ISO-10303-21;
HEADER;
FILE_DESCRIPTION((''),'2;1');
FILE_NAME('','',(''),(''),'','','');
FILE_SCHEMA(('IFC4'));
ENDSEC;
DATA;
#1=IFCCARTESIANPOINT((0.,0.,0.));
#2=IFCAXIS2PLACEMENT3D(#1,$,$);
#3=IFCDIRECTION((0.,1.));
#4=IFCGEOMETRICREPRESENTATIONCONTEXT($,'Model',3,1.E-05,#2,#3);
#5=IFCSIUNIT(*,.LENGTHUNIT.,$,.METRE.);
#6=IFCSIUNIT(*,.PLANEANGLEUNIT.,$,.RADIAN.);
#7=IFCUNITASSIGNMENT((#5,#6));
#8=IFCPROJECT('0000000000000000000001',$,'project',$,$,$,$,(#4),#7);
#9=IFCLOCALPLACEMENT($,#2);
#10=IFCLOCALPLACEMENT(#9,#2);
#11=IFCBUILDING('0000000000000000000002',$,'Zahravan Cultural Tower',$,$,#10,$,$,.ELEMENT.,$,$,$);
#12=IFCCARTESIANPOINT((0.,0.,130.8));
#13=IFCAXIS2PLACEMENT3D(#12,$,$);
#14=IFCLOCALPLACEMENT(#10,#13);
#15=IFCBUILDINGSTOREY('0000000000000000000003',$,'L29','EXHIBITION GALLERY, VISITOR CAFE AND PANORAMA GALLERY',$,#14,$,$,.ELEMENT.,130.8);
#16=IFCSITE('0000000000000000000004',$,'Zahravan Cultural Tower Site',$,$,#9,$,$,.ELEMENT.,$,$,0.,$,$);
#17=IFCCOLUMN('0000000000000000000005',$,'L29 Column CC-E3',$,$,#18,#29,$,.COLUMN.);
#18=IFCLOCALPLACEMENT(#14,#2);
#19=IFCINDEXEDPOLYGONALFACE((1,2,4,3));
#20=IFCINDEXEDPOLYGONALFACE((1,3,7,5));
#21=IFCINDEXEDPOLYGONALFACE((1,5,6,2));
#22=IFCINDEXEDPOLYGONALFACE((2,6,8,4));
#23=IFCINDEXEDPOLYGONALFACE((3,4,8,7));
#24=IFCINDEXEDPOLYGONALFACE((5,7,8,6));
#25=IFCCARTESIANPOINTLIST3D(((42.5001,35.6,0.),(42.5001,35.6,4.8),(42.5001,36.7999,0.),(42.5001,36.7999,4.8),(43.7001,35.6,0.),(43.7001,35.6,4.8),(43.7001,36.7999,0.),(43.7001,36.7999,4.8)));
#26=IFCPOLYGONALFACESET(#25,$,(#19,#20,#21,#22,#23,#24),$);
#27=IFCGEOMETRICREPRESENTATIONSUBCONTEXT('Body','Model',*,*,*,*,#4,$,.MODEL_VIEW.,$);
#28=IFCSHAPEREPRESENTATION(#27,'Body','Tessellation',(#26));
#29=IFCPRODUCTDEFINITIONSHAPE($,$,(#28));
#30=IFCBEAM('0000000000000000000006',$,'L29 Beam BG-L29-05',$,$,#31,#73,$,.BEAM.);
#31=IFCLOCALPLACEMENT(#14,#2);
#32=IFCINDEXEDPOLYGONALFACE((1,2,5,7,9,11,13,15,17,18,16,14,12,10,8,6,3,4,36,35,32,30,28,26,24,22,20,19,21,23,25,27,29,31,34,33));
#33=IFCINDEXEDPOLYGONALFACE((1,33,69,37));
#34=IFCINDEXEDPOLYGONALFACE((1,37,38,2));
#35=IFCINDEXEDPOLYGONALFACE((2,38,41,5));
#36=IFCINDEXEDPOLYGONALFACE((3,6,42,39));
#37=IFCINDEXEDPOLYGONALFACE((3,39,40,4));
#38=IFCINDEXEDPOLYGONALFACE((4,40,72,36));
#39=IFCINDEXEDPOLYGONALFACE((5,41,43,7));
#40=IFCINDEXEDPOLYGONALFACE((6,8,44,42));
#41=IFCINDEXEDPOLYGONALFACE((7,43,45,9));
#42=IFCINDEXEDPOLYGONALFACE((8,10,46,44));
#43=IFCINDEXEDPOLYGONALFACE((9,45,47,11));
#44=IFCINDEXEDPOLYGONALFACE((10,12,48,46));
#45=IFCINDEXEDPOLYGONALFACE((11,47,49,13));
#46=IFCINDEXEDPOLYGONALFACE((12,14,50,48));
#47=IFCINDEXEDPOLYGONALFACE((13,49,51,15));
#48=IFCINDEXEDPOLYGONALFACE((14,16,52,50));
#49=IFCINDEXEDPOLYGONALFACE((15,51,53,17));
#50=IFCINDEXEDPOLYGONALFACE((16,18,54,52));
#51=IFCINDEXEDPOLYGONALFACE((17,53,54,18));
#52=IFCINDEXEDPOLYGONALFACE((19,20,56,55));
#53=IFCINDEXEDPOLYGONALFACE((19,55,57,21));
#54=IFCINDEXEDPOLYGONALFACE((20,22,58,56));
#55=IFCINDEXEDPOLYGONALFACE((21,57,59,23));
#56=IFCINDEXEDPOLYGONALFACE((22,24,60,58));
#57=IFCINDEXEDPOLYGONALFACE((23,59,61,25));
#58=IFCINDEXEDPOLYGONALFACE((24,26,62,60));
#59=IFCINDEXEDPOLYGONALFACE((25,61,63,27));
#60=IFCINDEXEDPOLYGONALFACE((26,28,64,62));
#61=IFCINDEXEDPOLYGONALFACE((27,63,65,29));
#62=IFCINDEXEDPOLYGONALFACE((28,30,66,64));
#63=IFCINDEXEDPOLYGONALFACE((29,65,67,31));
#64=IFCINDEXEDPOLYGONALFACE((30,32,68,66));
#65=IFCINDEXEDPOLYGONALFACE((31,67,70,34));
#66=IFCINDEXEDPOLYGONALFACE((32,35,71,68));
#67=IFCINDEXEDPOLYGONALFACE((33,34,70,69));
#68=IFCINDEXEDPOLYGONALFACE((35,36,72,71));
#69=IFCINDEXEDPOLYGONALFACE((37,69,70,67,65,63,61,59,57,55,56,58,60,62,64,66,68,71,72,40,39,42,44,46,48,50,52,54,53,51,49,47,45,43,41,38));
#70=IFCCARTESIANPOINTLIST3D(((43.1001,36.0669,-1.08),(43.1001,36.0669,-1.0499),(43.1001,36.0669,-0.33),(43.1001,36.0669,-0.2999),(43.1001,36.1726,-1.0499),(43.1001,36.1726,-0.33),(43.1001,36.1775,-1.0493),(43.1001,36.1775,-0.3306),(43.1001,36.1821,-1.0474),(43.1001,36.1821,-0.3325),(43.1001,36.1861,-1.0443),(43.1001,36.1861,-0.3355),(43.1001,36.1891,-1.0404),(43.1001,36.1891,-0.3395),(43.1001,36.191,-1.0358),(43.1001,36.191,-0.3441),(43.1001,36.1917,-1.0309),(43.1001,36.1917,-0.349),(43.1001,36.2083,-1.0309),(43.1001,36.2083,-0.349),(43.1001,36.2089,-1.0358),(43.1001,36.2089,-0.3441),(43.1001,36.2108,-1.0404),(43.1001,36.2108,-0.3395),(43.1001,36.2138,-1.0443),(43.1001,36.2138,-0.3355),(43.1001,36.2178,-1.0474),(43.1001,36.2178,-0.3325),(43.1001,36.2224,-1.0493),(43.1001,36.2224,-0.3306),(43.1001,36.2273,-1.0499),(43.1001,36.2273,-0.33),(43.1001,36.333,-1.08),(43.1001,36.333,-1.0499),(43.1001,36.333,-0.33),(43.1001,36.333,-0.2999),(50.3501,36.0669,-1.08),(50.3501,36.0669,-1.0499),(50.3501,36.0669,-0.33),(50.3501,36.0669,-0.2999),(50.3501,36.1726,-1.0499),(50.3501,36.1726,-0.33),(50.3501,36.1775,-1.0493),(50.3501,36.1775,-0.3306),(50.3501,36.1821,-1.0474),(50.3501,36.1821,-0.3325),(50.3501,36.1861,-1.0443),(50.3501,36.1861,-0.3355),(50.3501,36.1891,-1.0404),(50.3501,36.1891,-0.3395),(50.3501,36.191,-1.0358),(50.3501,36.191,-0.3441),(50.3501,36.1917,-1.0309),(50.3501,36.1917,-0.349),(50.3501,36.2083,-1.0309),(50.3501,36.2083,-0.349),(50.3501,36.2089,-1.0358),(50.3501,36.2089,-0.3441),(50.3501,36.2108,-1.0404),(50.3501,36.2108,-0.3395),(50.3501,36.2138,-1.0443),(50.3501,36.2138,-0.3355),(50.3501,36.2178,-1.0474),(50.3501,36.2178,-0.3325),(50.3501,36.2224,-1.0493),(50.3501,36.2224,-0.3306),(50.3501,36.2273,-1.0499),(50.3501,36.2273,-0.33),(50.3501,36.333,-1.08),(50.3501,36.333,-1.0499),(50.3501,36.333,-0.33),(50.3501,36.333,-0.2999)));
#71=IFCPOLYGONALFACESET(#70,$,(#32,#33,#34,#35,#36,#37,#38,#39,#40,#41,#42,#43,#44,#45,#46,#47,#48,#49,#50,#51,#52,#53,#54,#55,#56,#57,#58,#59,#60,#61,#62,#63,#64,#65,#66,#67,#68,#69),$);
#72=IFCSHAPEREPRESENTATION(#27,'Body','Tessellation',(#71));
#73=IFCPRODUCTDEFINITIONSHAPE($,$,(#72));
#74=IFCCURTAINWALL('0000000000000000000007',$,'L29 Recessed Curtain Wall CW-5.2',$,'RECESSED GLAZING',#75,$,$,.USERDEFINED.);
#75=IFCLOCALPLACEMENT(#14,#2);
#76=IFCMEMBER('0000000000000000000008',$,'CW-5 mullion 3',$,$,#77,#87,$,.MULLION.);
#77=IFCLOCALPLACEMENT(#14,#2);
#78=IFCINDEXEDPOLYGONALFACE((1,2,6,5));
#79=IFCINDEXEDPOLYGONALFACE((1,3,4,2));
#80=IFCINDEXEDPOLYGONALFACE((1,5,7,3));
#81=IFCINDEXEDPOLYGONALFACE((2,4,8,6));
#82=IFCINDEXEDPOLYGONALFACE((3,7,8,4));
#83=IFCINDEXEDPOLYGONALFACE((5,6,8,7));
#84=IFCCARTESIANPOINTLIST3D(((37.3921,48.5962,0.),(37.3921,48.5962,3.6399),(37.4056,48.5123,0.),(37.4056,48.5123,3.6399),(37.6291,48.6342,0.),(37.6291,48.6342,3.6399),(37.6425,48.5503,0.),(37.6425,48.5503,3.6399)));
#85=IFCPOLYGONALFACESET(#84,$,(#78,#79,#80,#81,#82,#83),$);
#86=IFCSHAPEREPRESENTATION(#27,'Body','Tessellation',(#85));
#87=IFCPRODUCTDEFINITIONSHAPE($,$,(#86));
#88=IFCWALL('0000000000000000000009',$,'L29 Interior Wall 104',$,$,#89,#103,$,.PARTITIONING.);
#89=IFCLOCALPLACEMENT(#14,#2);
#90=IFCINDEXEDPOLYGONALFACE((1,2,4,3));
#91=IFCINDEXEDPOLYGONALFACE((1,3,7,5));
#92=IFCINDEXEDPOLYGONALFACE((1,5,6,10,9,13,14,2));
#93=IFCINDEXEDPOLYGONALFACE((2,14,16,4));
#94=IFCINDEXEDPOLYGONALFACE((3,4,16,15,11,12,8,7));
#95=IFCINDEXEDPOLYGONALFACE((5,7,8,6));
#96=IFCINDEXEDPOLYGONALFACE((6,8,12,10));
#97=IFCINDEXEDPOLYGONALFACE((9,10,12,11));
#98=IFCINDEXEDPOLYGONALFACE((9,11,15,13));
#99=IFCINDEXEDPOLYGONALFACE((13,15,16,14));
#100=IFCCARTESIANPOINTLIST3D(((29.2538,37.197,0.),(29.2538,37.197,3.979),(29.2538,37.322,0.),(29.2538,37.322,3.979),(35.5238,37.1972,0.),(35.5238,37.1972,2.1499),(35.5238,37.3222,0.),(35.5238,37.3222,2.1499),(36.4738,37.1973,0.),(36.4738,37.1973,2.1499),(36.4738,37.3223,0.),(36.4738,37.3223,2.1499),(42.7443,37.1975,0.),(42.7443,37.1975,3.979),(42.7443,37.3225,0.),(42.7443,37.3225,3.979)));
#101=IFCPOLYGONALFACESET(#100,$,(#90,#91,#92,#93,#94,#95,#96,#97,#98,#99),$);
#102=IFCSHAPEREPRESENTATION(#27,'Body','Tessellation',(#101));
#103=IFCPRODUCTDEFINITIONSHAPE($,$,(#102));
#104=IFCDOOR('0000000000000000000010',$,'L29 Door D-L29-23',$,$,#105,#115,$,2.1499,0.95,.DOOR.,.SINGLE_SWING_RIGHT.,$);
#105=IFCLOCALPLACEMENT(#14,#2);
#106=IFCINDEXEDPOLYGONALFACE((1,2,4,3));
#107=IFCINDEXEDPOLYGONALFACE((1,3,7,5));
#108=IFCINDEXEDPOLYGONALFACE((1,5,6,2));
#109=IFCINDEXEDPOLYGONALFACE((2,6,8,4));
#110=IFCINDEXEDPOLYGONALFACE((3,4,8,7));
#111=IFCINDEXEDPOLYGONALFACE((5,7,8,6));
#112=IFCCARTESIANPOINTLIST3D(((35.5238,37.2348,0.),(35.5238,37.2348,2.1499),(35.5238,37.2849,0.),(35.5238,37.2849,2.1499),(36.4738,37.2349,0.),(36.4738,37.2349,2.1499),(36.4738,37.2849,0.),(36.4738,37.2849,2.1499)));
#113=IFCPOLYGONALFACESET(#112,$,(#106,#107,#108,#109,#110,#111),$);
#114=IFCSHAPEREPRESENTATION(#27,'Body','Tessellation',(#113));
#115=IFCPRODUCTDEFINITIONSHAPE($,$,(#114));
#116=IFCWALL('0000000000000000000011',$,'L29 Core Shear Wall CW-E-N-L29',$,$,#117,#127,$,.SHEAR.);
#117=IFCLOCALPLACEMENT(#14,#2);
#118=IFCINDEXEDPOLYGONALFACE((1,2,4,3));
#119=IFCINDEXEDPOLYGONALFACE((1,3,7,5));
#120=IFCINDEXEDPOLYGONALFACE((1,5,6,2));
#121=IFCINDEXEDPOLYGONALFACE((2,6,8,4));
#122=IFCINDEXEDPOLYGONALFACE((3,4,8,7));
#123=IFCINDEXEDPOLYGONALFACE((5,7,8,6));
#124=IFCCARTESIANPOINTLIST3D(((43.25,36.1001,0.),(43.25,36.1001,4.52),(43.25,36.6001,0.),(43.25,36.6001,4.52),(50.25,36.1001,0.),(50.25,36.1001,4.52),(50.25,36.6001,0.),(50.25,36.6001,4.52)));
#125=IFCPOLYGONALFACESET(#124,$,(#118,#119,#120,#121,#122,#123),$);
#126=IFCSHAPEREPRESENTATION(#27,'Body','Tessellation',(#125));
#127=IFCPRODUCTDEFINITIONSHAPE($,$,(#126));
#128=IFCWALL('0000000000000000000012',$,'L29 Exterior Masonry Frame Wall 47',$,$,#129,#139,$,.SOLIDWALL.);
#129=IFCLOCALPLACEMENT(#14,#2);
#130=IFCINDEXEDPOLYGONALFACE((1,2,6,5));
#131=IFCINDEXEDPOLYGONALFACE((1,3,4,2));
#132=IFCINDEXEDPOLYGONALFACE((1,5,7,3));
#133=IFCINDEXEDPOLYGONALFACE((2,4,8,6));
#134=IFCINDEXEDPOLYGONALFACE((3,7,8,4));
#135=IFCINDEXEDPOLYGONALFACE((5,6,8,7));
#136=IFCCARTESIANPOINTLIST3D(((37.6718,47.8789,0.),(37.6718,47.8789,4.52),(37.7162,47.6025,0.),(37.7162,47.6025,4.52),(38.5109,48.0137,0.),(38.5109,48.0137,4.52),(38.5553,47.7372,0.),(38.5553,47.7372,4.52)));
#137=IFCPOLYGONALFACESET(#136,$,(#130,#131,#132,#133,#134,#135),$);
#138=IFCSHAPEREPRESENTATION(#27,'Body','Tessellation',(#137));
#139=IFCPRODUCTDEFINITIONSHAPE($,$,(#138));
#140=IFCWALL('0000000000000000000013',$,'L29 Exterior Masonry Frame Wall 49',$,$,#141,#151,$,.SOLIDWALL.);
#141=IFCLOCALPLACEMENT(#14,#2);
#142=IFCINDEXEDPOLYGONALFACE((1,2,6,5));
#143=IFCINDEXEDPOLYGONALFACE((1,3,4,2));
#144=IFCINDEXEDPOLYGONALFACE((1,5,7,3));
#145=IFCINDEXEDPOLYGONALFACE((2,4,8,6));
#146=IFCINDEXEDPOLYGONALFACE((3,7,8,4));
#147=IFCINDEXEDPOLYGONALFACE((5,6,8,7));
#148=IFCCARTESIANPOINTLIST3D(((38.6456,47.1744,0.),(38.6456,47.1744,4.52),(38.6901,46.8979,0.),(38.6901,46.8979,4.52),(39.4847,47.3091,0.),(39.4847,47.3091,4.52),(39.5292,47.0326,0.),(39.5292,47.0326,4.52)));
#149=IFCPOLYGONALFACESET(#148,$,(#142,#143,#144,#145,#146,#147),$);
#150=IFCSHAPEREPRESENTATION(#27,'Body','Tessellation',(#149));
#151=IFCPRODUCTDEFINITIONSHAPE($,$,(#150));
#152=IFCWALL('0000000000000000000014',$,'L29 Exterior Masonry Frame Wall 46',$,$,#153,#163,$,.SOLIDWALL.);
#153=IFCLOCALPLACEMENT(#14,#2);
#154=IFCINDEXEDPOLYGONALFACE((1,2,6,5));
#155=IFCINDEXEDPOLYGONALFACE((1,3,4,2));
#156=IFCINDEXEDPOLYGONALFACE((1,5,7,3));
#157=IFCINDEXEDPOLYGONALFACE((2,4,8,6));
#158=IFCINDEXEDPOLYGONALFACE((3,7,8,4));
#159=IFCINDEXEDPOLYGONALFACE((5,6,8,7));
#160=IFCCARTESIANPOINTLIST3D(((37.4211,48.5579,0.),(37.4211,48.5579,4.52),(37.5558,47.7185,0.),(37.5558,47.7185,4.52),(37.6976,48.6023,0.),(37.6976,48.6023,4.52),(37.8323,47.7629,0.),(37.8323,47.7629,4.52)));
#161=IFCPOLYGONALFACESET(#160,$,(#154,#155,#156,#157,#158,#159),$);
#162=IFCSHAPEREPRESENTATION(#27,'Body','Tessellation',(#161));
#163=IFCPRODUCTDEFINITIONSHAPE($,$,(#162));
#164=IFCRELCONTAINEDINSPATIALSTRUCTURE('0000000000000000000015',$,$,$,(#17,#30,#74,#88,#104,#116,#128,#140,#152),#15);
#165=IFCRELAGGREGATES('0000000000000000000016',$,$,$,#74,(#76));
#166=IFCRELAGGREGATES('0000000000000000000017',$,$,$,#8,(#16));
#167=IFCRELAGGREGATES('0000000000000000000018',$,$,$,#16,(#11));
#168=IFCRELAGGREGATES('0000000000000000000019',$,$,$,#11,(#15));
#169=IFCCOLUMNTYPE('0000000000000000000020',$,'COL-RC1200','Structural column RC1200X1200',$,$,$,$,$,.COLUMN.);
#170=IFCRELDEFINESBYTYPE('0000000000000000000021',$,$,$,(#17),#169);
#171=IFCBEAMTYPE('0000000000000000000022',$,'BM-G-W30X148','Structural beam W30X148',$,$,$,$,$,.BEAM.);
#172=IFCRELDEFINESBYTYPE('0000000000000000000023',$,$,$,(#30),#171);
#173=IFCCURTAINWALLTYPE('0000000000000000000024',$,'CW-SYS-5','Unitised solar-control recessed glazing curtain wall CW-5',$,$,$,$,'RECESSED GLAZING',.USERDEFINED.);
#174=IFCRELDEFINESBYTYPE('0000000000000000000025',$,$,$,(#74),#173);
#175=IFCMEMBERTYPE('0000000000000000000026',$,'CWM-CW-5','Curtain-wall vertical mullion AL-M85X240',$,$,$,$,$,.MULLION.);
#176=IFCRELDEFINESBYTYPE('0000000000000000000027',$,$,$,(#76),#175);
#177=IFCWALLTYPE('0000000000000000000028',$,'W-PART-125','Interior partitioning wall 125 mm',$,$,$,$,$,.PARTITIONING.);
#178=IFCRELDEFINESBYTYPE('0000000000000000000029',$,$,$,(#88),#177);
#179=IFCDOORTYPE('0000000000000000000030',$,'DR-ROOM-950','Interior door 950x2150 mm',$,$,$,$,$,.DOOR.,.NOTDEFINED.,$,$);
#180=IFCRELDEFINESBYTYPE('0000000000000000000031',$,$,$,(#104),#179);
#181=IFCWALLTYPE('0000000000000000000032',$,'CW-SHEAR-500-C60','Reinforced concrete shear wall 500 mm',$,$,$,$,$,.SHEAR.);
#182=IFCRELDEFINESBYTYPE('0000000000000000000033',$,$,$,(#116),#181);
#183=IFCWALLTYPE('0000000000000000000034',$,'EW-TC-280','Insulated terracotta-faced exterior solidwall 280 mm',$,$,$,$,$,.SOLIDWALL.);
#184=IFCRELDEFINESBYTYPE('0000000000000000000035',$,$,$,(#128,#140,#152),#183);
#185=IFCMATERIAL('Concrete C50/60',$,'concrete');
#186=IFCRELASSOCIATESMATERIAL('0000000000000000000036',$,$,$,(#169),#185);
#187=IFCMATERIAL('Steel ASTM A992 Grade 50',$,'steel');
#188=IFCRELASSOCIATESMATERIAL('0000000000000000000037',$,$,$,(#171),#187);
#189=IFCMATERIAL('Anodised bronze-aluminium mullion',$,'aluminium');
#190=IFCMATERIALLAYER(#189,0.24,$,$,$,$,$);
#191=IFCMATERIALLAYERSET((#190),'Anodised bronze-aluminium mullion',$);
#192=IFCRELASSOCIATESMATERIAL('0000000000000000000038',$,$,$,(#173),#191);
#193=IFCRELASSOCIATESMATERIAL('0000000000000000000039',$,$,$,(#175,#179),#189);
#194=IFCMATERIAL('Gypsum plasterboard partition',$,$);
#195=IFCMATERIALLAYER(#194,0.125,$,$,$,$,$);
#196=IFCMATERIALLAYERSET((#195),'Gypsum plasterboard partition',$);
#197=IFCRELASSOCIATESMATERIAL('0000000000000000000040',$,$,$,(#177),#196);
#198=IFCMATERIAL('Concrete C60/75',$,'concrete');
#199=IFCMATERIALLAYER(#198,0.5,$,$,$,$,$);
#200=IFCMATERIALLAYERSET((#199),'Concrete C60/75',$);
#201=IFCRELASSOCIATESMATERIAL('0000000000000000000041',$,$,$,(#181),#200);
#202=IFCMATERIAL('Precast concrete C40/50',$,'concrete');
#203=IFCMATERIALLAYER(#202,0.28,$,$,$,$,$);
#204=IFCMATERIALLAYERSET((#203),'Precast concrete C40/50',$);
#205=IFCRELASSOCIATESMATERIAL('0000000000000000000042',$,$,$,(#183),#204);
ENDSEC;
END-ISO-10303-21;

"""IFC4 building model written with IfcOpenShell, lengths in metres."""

from ifc_helpers import new_model, si_unit, direction, frame, frame_2d, origin, origin_2d, place, context, subcontext, project, spatial, rectangle, i_section, extrude, source, transform, mapped, material, layer, layer_set, material_profile, profile_set, type_object, element, fill, aggregate, save


model = new_model("IFC4")

# Units and contexts
model_context = context("Model", 3, precision=1e-05, world=origin(), true_north=direction((0.0, 1.0)))
body_context = subcontext(model_context, "Body", "Model", "MODEL_VIEW")
ifc_project = project(units=[si_unit("LENGTHUNIT", "METRE"), si_unit("PLANEANGLEUNIT", "RADIAN")], contexts=[model_context])

# Site, building, storey
site_placement = place(None, origin())
site = spatial("IfcSite", under=ifc_project, at=site_placement, Name="Zahravan Cultural Tower Site", CompositionType="ELEMENT", RefElevation=0.0)
building_placement = place(site_placement, origin())
building = spatial("IfcBuilding", under=site, at=building_placement, Name="Zahravan Cultural Tower", CompositionType="ELEMENT")
storey_placement = place(building_placement, frame((0.0, 0.0, 130.8)))
storey = spatial("IfcBuildingStorey", under=building, at=storey_placement, Name="L29", Description="EXHIBITION GALLERY, VISITOR CAFE AND PANORAMA GALLERY", CompositionType="ELEMENT", Elevation=130.8)

# Column
ifc_material_1 = material(Name="Concrete C50/60", Category="concrete")
ifc_material_profile_1 = material_profile(ifc_material_1, rectangle(XDim=1.2, YDim=1.2, at=origin_2d()), Name="RC1200X1200")
ifc_profile_set_1 = profile_set([ifc_material_profile_1], Name="Concrete C50/60")
column_type = type_object("IfcColumnType", Name="COL-RC1200", Description="Structural column RC1200X1200", PredefinedType="COLUMN", material=ifc_profile_set_1)
shared_shape_1 = source(origin(), body_context, "Body", "SweptSolid", [
    extrude(rectangle(XDim=1.2, YDim=1.2, at=origin_2d()), origin(), (0.0, 0.0, 1.0), 4.8),
])
column_placement = place(storey_placement, frame((43.1001, 36.2, 0.0), z_axis=(0.0, 0.0, 1.0), x_axis=(1.0, 0.0, 0.0)))
element("IfcColumn", 1, at=column_placement, inside=storey, type_object=column_type, Name="L29 Column CC-E3", PredefinedType="COLUMN", context=body_context, shape_type="MappedRepresentation", body=[
    mapped(shared_shape_1, transform((0.0, 0.0, 0.0), x_axis=(1.0, 0.0, 0.0), y_axis=(0.0, 1.0, 0.0), z_axis=(0.0, 0.0, 1.0), scale=1.0)),
])

# Beam
ifc_material_2 = material(Name="Steel ASTM A992 Grade 50", Category="steel")
ifc_material_profile_2 = material_profile(ifc_material_2, i_section(OverallWidth=0.2661, OverallDepth=0.78, WebThickness=0.0166, FlangeThickness=0.03, FilletRadius=0.019, at=origin_2d()), Name="W30X148")
ifc_profile_set_2 = profile_set([ifc_material_profile_2], Name="Steel ASTM A992 Grade 50")
beam_type = type_object("IfcBeamType", Name="BM-G-W30X148", Description="Structural beam W30X148", PredefinedType="BEAM", material=ifc_profile_set_2)
shared_shape_2 = source(origin(), body_context, "Body", "SweptSolid", [
    extrude(i_section(OverallWidth=0.2661, OverallDepth=0.78, WebThickness=0.0166, FlangeThickness=0.03, FilletRadius=0.019, at=origin_2d()), origin(), (0.0, 0.0, 1.0), 7.25),
])
beam_placement = place(storey_placement, frame((43.1001, 36.2, -0.6899), z_axis=(1.0, 0.0, 0.0), x_axis=(0.0, 1.0, 0.0)))
element("IfcBeam", 2, at=beam_placement, inside=storey, type_object=beam_type, Name="L29 Beam BG-L29-05", PredefinedType="BEAM", context=body_context, shape_type="MappedRepresentation", body=[
    mapped(shared_shape_2, transform((0.0, 0.0, 0.0), x_axis=(1.0, 0.0, 0.0), y_axis=(0.0, 1.0, 0.0), z_axis=(0.0, 0.0, 1.0), scale=1.0)),
])

# Curtain wall, member
ifc_material_3 = material(Name="Anodised bronze-aluminium mullion", Category="aluminium")
ifc_layer_1 = layer(ifc_material_3, 0.24)
ifc_layer_set_1 = layer_set([ifc_layer_1], Name="Anodised bronze-aluminium mullion")
curtain_wall_type = type_object("IfcCurtainWallType", Name="CW-SYS-5", Description="Unitised solar-control recessed glazing curtain wall CW-5", ElementType="RECESSED GLAZING", PredefinedType="USERDEFINED", material=ifc_layer_set_1)
curtain_wall_placement = place(storey_placement, origin())
curtain_wall = element("IfcCurtainWall", 3, at=curtain_wall_placement, inside=storey, type_object=curtain_wall_type, Name="L29 Recessed Curtain Wall CW-5.2", ObjectType="RECESSED GLAZING", PredefinedType="USERDEFINED")
ifc_material_profile_3 = material_profile(ifc_material_3, rectangle(XDim=0.085, YDim=0.24, at=origin_2d()), Name="AL-M85X240")
ifc_profile_set_3 = profile_set([ifc_material_profile_3], Name="Anodised bronze-aluminium mullion")
member_type = type_object("IfcMemberType", Name="CWM-CW-5", Description="Curtain-wall vertical mullion AL-M85X240", PredefinedType="MULLION", material=ifc_profile_set_3)
shared_shape_3 = source(origin(), body_context, "Body", "SweptSolid", [
    extrude(rectangle(XDim=0.085, YDim=0.24, at=origin_2d()), origin(), (0.0, 0.0, 1.0), 3.6399),
])
member_placement = place(storey_placement, frame((37.5173, 48.5732, 0.0), z_axis=(0.0, 0.0, 1.0), x_axis=(-0.158506, 0.987358, 0.0)))
member = element("IfcMember", 4, at=member_placement, type_object=member_type, Name="CW-5 mullion 3", PredefinedType="MULLION", context=body_context, shape_type="MappedRepresentation", body=[
    mapped(shared_shape_3, transform((0.0, 0.0, 0.0), x_axis=(1.0, 0.0, 0.0), y_axis=(0.0, 1.0, 0.0), z_axis=(0.0, 0.0, 1.0), scale=1.0)),
])
aggregate(curtain_wall, [member])

# Wall, opening, door
ifc_material_4 = material(Name="Gypsum plasterboard partition")
ifc_layer_2 = layer(ifc_material_4, 0.125)
ifc_layer_set_2 = layer_set([ifc_layer_2], Name="Gypsum plasterboard partition")
wall_type_1 = type_object("IfcWallType", Name="W-PART-125", Description="Interior partitioning wall 125 mm", PredefinedType="PARTITIONING", material=ifc_layer_set_2)
wall_1_placement = place(storey_placement, frame((42.7441, 37.26, 0.0), z_axis=(0.0, 0.0, 1.0), x_axis=(-1.0, -0.000036, 0.0)))
wall_1 = element("IfcWall", 5, at=wall_1_placement, inside=storey, type_object=wall_type_1, Name="L29 Interior Wall 104", PredefinedType="PARTITIONING", context=body_context, shape_type="SweptSolid", body=[
    extrude(rectangle(XDim=13.4905, YDim=0.125, at=frame_2d((6.7451, 0.0))), origin(), (0.0, 0.0, 1.0), 3.979),
])
opening_1_placement = place(wall_1_placement, frame((6.2703, 0.0, 0.0)))
opening_1 = element("IfcOpeningElement", 6, at=opening_1_placement, cuts=wall_1, PredefinedType="OPENING", context=body_context, shape_type="SweptSolid", body=[
    extrude(rectangle(XDim=0.95, YDim=2.1499, at=frame_2d((0.4751, 1.075))), frame((0.0, 0.0725, 0.0), z_axis=(0.0, -1.0, 0.0), x_axis=(1.0, 0.0, 0.0)), (0.0, 0.0, 1.0), 0.145),
])
door_type_1 = type_object("IfcDoorType", Name="DR-ROOM-950", Description="Interior door 950x2150 mm", OperationType="NOTDEFINED", PredefinedType="DOOR", material=ifc_material_3)
shared_shape_4 = source(origin(), body_context, "Body", "SweptSolid", [
    extrude(rectangle(XDim=0.95, YDim=2.1499, at=frame_2d((0.4751, 1.075))), frame((0.0, 0.0249, 0.0), z_axis=(0.0, -1.0, 0.0), x_axis=(1.0, 0.0, 0.0)), (0.0, 0.0, 1.0), 0.05),
])
door_1_placement = place(opening_1_placement, origin())
door_1 = element("IfcDoor", 7, at=door_1_placement, inside=storey, type_object=door_type_1, Name="L29 Door D-L29-23", OperationType="SINGLE_SWING_RIGHT", OverallHeight=2.1499, OverallWidth=0.95, PredefinedType="DOOR", context=body_context, shape_type="MappedRepresentation", body=[
    mapped(shared_shape_4, transform((0.0, 0.0, 0.0), x_axis=(1.0, 0.0, 0.0), y_axis=(0.0, 1.0, 0.0), z_axis=(0.0, 0.0, 1.0), scale=1.0)),
])
fill(opening_1, door_1)

# Walls
ifc_material_5 = material(Name="Concrete C60/75", Category="concrete")
ifc_layer_3 = layer(ifc_material_5, 0.5)
ifc_layer_set_3 = layer_set([ifc_layer_3], Name="Concrete C60/75")
wall_type_2 = type_object("IfcWallType", Name="CW-SHEAR-500-C60", Description="Reinforced concrete shear wall 500 mm", PredefinedType="SHEAR", material=ifc_layer_set_3)
shared_shape_5 = source(origin(), body_context, "Body", "SweptSolid", [
    extrude(rectangle(XDim=7.0, YDim=0.5, at=frame_2d((3.5, 0.0))), origin(), (0.0, 0.0, 1.0), 4.52),
])
wall_2_placement = place(storey_placement, frame((43.25, 36.3501, 0.0), z_axis=(0.0, 0.0, 1.0), x_axis=(1.0, 0.0, 0.0)))
element("IfcWall", 8, at=wall_2_placement, inside=storey, type_object=wall_type_2, Name="L29 Core Shear Wall CW-E-N-L29", PredefinedType="SHEAR", context=body_context, shape_type="MappedRepresentation", body=[
    mapped(shared_shape_5, transform((0.0, 0.0, 0.0), x_axis=(1.0, 0.0, 0.0), y_axis=(0.0, 1.0, 0.0), z_axis=(0.0, 0.0, 1.0), scale=1.0)),
])
ifc_material_6 = material(Name="Precast concrete C40/50", Category="concrete")
ifc_layer_4 = layer(ifc_material_6, 0.28)
ifc_layer_set_4 = layer_set([ifc_layer_4], Name="Precast concrete C40/50")
wall_type_3 = type_object("IfcWallType", Name="EW-TC-280", Description="Insulated terracotta-faced exterior solidwall 280 mm", PredefinedType="SOLIDWALL", material=ifc_layer_set_4)
shared_shape_6 = source(origin(), body_context, "Body", "SweptSolid", [
    extrude(rectangle(XDim=0.8499, YDim=0.28, at=frame_2d((0.4248, 0.0))), origin(), (0.0, 0.0, 1.0), 4.52),
])
for number, where, z_axis, x_axis, name in (
    (9, (37.6941, 47.7407, 0.0), (0.0, 0.0, 1.0), (0.987347, 0.158573, 0.0), "L29 Exterior Masonry Frame Wall 47"),
    (10, (38.668, 47.0361, 0.0), (0.0, 0.0, 1.0), (0.987347, 0.158573, 0.0), "L29 Exterior Masonry Frame Wall 49"),
):
    element("IfcWall", number, at=place(storey_placement, frame(where, z_axis=z_axis, x_axis=x_axis)), inside=storey, type_object=wall_type_3, Name=name, PredefinedType="SOLIDWALL", context=body_context, shape_type="MappedRepresentation", body=[
        mapped(shared_shape_6, transform((0.0, 0.0, 0.0), x_axis=(1.0, 0.0, 0.0), y_axis=(0.0, 1.0, 0.0), z_axis=(0.0, 0.0, 1.0), scale=1.0)),
    ])
shared_shape_7 = source(origin(), body_context, "Body", "SweptSolid", [
    extrude(rectangle(XDim=0.8501, YDim=0.28, at=frame_2d((0.425, 0.0))), origin(), (0.0, 0.0, 1.0), 4.52),
])
for number, where, z_axis, x_axis, name in (
    (11, (37.5593, 48.5801, 0.0), (0.0, 0.0, 1.0), (0.158528, -0.987354, 0.0), "L29 Exterior Masonry Frame Wall 46"),
):
    element("IfcWall", number, at=place(storey_placement, frame(where, z_axis=z_axis, x_axis=x_axis)), inside=storey, type_object=wall_type_3, Name=name, PredefinedType="SOLIDWALL", context=body_context, shape_type="MappedRepresentation", body=[
        mapped(shared_shape_7, transform((0.0, 0.0, 0.0), x_axis=(1.0, 0.0, 0.0), y_axis=(0.0, 1.0, 0.0), z_axis=(0.0, 0.0, 1.0), scale=1.0)),
    ])

save(model, "model.ifc")
